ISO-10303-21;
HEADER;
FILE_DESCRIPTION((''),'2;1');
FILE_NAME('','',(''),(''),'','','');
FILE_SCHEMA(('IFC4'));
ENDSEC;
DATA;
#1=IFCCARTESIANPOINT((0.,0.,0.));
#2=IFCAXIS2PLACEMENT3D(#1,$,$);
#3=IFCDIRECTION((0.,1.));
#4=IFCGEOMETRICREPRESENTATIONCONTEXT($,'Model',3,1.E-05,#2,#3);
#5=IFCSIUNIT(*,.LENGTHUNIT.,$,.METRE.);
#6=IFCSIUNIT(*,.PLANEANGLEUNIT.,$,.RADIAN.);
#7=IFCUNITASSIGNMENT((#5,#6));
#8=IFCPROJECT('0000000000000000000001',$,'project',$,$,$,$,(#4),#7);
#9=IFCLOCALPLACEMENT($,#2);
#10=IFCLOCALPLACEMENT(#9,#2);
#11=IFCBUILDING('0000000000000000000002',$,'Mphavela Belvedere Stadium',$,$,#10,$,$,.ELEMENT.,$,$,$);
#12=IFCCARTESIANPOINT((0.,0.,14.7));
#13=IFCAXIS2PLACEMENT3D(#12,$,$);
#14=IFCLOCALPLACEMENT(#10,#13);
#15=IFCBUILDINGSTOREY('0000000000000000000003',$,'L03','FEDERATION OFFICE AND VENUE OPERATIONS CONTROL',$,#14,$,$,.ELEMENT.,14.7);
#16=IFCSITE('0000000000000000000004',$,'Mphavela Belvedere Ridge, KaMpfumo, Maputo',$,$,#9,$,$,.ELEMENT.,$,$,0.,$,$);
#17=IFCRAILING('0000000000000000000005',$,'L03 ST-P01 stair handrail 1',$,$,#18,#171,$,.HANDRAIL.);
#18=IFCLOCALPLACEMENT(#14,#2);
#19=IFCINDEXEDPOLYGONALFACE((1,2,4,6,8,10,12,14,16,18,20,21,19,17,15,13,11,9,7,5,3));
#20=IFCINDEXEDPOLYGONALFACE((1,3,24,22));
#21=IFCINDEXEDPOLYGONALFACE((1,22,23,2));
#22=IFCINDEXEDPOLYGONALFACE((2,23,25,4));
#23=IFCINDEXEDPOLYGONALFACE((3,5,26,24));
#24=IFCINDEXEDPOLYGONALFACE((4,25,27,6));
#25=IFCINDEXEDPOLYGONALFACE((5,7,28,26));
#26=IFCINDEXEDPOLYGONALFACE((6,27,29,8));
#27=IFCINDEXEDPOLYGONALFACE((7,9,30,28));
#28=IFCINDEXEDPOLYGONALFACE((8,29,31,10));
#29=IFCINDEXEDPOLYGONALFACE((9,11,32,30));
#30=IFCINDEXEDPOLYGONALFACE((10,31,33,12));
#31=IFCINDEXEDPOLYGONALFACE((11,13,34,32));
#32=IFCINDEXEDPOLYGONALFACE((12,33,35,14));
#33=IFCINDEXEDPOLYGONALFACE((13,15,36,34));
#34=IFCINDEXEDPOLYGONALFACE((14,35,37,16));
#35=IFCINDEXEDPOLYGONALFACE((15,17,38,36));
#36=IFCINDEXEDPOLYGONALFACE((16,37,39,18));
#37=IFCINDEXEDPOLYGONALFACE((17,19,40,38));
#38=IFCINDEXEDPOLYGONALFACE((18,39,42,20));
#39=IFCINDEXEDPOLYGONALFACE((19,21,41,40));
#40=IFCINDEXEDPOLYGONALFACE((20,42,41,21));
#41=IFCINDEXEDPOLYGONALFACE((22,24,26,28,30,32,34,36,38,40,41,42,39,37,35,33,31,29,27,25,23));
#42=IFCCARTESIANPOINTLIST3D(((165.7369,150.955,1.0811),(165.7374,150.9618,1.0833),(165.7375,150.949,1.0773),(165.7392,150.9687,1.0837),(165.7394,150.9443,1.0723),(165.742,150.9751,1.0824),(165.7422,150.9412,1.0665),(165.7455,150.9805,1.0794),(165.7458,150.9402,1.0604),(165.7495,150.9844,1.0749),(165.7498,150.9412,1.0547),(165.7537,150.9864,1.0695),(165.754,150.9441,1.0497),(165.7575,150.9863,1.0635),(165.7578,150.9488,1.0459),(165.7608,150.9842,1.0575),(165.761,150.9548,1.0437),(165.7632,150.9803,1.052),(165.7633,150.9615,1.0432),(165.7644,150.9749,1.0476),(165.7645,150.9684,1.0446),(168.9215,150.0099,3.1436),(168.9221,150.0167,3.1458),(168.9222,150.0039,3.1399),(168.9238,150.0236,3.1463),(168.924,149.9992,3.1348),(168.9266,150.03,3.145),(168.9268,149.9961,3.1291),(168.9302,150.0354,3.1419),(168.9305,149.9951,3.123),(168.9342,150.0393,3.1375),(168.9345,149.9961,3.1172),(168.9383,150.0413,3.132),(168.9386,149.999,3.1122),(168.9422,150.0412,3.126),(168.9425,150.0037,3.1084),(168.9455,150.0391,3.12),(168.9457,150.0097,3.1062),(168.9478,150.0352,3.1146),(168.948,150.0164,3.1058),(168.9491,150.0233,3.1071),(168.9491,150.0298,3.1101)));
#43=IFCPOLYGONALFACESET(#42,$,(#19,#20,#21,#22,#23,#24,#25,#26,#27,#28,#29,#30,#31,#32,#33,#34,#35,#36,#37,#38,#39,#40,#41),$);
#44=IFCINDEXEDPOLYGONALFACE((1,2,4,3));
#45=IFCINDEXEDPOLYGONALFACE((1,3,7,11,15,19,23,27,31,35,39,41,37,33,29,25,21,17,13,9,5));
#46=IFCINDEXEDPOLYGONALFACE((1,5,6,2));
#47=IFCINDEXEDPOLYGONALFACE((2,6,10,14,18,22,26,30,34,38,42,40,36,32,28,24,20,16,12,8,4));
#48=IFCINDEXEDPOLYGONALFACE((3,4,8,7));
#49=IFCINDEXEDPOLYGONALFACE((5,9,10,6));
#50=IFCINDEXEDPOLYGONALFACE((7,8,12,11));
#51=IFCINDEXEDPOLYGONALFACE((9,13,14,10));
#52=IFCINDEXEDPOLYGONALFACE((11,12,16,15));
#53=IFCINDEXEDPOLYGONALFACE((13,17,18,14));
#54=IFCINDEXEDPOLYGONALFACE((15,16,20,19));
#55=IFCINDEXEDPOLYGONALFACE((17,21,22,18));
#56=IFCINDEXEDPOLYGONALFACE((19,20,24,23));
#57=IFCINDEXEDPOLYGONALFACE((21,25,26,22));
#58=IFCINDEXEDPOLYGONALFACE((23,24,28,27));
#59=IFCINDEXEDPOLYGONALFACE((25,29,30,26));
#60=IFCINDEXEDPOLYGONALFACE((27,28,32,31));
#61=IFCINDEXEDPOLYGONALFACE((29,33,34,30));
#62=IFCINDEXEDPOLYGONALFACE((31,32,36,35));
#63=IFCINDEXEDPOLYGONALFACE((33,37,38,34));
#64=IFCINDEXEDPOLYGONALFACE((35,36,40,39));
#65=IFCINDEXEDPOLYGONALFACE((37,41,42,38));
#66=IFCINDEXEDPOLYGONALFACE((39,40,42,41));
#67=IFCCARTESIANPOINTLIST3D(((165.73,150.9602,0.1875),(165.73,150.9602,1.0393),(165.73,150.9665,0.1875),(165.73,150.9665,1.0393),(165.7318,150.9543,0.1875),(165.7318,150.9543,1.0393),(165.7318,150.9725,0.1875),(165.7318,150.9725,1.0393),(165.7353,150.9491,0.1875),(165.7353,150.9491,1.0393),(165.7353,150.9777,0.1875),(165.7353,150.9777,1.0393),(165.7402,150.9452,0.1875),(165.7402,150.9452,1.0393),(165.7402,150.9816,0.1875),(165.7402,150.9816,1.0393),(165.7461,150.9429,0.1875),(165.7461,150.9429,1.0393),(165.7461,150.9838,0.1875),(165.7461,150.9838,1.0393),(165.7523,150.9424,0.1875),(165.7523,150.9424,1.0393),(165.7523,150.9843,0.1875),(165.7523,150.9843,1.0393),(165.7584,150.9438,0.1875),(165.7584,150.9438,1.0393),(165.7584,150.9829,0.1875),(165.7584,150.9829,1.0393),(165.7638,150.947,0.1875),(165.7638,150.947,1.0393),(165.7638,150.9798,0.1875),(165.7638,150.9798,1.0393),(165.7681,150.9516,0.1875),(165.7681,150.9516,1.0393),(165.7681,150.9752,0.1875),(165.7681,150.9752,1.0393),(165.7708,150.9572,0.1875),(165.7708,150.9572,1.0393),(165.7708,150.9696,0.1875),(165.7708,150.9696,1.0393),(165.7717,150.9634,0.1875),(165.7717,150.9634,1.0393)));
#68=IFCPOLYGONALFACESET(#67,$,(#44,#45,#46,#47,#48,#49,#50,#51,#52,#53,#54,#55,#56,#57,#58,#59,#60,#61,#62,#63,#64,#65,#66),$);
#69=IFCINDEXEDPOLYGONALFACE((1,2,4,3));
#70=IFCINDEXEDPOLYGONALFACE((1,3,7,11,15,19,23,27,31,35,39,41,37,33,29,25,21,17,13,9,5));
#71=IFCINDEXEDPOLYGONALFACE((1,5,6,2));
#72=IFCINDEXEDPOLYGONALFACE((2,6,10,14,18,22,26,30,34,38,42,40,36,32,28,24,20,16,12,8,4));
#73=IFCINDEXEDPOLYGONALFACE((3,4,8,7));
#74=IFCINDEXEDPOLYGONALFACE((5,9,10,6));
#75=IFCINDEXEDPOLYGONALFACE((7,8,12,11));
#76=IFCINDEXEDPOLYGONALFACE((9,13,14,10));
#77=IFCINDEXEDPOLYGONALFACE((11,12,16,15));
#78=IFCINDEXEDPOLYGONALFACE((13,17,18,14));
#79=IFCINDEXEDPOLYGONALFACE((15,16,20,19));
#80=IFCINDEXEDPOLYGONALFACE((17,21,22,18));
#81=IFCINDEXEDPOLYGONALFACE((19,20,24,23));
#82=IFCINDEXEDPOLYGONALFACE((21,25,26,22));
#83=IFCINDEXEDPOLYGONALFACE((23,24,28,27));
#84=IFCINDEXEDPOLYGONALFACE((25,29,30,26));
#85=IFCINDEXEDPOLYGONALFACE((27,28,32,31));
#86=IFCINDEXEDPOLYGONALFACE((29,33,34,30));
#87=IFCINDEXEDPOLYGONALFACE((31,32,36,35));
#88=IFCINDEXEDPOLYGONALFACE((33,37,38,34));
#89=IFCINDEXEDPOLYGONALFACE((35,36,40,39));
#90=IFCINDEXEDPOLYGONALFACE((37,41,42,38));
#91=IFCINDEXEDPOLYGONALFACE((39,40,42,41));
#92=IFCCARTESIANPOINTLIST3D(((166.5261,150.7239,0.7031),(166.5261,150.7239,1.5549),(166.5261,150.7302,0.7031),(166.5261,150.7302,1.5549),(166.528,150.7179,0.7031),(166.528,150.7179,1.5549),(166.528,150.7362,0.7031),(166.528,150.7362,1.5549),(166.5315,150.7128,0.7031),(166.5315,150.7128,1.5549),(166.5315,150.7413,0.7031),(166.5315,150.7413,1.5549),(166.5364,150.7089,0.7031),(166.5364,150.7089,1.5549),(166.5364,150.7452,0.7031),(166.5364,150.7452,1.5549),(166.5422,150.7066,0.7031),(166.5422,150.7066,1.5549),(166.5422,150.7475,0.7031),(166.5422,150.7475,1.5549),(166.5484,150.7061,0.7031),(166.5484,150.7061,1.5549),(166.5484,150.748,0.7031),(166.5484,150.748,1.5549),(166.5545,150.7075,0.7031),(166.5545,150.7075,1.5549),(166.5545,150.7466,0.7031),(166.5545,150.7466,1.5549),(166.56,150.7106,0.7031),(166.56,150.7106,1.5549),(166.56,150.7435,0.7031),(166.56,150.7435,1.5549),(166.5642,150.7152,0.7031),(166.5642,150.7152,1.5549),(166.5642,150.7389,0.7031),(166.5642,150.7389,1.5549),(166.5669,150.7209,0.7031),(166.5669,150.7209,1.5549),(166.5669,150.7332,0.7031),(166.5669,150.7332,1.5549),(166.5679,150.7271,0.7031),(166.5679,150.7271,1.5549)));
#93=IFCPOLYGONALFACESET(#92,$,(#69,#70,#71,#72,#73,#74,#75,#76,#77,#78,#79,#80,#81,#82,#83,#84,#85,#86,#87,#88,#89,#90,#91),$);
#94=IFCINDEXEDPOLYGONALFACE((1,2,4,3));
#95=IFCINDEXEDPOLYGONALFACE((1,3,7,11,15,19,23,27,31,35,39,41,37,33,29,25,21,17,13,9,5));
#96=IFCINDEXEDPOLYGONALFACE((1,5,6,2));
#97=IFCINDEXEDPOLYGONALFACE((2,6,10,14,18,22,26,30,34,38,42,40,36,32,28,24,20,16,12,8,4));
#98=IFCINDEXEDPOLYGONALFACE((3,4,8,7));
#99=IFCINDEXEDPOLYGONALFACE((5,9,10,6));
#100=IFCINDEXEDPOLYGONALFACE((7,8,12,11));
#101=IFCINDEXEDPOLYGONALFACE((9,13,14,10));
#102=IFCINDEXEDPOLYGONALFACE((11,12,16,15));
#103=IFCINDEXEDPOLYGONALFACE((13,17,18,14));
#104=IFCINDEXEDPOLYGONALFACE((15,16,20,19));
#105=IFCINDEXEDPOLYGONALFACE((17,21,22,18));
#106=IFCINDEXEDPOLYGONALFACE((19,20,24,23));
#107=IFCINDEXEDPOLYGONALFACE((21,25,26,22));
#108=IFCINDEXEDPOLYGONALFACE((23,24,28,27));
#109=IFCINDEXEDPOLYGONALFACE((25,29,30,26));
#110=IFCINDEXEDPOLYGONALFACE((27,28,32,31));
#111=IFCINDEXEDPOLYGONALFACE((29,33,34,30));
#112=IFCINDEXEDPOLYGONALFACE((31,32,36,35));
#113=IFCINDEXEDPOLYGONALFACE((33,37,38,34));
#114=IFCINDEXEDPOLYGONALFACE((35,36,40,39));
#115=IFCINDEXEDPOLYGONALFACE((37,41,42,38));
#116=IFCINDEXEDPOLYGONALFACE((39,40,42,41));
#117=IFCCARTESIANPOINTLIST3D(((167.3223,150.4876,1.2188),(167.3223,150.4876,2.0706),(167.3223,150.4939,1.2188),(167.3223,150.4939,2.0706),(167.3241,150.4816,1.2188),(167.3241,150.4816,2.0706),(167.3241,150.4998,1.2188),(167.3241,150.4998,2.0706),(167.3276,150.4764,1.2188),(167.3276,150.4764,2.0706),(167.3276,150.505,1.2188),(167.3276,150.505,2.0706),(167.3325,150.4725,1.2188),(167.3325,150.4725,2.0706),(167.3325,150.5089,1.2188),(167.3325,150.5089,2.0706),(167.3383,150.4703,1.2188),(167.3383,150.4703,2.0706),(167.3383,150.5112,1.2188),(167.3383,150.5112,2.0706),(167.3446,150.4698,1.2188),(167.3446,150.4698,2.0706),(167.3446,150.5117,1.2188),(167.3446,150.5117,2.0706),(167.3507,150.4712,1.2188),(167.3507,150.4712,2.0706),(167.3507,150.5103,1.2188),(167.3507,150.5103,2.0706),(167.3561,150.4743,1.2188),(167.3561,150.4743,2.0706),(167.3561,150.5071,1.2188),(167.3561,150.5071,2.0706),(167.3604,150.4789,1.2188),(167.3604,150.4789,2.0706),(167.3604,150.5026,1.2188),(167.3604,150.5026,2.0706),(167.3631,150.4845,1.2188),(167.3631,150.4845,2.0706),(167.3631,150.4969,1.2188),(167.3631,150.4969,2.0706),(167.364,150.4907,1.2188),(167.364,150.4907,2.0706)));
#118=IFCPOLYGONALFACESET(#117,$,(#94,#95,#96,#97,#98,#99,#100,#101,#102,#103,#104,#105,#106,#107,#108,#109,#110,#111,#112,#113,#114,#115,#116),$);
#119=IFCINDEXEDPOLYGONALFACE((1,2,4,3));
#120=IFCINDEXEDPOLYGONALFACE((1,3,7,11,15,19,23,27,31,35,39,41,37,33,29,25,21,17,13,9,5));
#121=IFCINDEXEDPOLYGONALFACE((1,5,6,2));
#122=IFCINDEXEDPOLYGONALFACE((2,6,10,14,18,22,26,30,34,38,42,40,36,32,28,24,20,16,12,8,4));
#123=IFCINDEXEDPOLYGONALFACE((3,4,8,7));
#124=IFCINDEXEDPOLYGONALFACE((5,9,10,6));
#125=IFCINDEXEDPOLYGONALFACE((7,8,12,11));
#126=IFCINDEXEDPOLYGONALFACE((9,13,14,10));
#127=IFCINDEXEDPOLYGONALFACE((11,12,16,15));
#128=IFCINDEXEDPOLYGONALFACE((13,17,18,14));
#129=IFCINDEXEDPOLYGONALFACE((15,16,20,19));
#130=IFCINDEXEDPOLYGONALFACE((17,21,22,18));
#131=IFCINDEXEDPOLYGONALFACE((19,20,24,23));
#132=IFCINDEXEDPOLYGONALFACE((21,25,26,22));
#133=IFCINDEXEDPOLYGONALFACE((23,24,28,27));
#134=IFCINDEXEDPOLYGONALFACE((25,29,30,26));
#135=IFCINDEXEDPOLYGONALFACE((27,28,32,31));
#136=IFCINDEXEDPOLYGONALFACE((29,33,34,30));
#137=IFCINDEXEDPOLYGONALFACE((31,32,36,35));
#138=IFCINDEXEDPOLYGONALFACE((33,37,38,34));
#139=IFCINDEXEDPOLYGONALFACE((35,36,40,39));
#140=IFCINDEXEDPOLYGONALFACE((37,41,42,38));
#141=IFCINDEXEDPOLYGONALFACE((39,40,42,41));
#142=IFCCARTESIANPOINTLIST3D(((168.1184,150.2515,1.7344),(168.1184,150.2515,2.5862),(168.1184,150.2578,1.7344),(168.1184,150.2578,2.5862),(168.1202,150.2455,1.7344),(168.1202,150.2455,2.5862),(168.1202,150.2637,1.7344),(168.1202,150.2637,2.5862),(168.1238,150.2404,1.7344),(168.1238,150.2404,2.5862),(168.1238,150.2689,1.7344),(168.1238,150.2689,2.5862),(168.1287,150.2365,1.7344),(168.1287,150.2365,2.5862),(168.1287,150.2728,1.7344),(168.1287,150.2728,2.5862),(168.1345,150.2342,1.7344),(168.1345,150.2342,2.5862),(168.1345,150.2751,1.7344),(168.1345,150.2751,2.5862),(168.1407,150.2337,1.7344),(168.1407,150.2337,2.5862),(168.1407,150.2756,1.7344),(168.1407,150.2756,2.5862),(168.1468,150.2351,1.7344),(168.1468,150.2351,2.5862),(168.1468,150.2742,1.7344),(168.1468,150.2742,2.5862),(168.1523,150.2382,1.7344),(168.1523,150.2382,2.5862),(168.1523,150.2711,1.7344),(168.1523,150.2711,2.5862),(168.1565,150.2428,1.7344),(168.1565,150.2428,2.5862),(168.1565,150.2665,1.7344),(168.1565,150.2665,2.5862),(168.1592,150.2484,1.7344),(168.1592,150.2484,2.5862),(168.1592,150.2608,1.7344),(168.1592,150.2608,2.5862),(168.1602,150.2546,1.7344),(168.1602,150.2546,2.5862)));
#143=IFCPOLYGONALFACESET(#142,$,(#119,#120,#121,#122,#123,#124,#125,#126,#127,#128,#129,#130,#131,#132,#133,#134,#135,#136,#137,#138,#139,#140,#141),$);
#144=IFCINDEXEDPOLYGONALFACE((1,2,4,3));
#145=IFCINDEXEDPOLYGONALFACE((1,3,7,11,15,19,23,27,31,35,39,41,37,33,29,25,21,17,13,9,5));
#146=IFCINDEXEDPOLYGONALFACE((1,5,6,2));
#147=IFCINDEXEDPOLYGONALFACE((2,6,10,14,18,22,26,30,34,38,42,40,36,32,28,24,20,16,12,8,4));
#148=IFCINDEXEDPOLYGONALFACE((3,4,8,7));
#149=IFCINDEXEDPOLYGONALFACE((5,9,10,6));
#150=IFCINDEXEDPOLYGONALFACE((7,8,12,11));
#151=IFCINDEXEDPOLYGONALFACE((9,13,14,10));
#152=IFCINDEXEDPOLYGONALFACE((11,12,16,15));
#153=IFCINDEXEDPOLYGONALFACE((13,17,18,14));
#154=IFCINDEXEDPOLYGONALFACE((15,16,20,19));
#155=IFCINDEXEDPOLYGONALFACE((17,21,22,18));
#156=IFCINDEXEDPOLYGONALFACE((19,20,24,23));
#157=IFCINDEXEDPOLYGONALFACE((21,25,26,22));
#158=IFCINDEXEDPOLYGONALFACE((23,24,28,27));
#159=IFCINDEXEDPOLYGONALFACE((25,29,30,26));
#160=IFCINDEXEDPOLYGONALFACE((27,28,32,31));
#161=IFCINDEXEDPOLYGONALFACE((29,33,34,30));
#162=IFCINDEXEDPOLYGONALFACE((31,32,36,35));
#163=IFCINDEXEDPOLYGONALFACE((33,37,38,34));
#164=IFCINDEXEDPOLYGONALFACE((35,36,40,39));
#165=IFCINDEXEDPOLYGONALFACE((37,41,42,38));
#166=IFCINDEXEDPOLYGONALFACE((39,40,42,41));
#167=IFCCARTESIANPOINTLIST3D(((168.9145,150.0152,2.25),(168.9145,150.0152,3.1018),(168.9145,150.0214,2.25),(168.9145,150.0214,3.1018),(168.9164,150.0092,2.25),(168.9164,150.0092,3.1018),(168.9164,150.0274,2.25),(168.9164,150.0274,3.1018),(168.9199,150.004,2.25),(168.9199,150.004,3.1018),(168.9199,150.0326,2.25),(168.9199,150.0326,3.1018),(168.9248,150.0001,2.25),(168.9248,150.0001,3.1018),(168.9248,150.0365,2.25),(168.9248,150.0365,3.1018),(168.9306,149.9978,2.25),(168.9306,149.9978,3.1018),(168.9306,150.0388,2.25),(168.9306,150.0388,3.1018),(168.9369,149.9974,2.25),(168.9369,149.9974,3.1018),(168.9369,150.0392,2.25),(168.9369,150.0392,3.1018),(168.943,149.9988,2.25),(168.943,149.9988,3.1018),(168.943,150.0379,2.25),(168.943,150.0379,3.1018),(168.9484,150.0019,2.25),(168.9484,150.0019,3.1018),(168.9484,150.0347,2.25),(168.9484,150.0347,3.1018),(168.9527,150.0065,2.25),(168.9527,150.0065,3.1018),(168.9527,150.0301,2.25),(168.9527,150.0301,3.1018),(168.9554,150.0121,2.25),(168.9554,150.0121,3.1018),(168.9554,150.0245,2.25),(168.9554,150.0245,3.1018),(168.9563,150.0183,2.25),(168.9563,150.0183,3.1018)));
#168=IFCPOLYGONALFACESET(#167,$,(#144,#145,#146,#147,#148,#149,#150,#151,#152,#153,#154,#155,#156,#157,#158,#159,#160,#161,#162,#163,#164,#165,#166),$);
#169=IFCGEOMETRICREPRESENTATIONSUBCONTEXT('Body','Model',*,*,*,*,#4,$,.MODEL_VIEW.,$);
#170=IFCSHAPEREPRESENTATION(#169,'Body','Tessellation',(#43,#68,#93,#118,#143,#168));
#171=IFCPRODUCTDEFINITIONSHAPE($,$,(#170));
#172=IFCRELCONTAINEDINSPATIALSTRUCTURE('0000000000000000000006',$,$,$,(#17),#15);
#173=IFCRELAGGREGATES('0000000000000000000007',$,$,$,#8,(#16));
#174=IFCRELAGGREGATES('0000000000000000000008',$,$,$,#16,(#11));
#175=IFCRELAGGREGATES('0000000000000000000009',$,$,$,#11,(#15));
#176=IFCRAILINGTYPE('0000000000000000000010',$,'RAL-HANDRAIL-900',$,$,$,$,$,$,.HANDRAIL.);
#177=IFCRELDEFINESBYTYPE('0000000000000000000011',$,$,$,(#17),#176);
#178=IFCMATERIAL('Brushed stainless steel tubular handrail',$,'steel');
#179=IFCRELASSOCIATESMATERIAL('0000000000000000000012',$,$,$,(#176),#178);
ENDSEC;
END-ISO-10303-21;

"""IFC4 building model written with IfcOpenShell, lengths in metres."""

from ifc_helpers import new_model, si_unit, direction, frame, origin, origin_2d, place, context, subcontext, project, spatial, circle, extrude, material, type_object, element, save


model = new_model("IFC4")

# Units and contexts
model_context = context("Model", 3, precision=1e-05, world=origin(), true_north=direction((0.0, 1.0)))
body_context = subcontext(model_context, "Body", "Model", "MODEL_VIEW")
ifc_project = project(units=[si_unit("LENGTHUNIT", "METRE"), si_unit("PLANEANGLEUNIT", "RADIAN")], contexts=[model_context])

# Site, building, storey
site_placement = place(None, origin())
site = spatial("IfcSite", under=ifc_project, at=site_placement, Name="Mphavela Belvedere Ridge, KaMpfumo, Maputo", CompositionType="ELEMENT", RefElevation=0.0)
building_placement = place(site_placement, origin())
building = spatial("IfcBuilding", under=site, at=building_placement, Name="Mphavela Belvedere Stadium", CompositionType="ELEMENT")
storey_placement = place(building_placement, frame((0.0, 0.0, 14.7)))
storey = spatial("IfcBuildingStorey", under=building, at=storey_placement, Name="L03", Description="FEDERATION OFFICE AND VENUE OPERATIONS CONTROL", CompositionType="ELEMENT", Elevation=14.7)

# Railing
ifc_material_1 = material(Name="Brushed stainless steel tubular handrail", Category="steel")
railing_type_1 = type_object("IfcRailingType", Name="RAL-HANDRAIL-900", PredefinedType="HANDRAIL", material=ifc_material_1)
railing_1_placement = place(storey_placement, frame((165.7507, 150.9634, 0.1875)))
element("IfcRailing", 1, at=railing_1_placement, inside=storey, type_object=railing_type_1, Name="L03 ST-P01 stair handrail 1", PredefinedType="HANDRAIL", context=body_context, shape_type="SweptSolid", body=[
    extrude(circle(Radius=0.0239, at=origin_2d()), frame((0.0, 0.0, 0.876), z_axis=(0.814456, -0.241702, 0.527486), x_axis=(0.284501, 0.958676, 0.0)), (0.0, 0.0, 1.0), 3.9102),
    extrude(circle(Radius=0.021, at=origin_2d()), origin(), (0.0, 0.0, 1.0), 0.8518),
    extrude(circle(Radius=0.021, at=origin_2d()), frame((0.7961, -0.2363, 0.5156)), (0.0, 0.0, 1.0), 0.8518),
    extrude(circle(Radius=0.021, at=origin_2d()), frame((1.5923, -0.4727, 1.0312)), (0.0, 0.0, 1.0), 0.8518),
    extrude(circle(Radius=0.021, at=origin_2d()), frame((2.3884, -0.7087, 1.5469)), (0.0, 0.0, 1.0), 0.8518),
    extrude(circle(Radius=0.021, at=origin_2d()), frame((3.1846, -0.9451, 2.0625)), (0.0, 0.0, 1.0), 0.8518),
])

save(model, "model.ifc")
